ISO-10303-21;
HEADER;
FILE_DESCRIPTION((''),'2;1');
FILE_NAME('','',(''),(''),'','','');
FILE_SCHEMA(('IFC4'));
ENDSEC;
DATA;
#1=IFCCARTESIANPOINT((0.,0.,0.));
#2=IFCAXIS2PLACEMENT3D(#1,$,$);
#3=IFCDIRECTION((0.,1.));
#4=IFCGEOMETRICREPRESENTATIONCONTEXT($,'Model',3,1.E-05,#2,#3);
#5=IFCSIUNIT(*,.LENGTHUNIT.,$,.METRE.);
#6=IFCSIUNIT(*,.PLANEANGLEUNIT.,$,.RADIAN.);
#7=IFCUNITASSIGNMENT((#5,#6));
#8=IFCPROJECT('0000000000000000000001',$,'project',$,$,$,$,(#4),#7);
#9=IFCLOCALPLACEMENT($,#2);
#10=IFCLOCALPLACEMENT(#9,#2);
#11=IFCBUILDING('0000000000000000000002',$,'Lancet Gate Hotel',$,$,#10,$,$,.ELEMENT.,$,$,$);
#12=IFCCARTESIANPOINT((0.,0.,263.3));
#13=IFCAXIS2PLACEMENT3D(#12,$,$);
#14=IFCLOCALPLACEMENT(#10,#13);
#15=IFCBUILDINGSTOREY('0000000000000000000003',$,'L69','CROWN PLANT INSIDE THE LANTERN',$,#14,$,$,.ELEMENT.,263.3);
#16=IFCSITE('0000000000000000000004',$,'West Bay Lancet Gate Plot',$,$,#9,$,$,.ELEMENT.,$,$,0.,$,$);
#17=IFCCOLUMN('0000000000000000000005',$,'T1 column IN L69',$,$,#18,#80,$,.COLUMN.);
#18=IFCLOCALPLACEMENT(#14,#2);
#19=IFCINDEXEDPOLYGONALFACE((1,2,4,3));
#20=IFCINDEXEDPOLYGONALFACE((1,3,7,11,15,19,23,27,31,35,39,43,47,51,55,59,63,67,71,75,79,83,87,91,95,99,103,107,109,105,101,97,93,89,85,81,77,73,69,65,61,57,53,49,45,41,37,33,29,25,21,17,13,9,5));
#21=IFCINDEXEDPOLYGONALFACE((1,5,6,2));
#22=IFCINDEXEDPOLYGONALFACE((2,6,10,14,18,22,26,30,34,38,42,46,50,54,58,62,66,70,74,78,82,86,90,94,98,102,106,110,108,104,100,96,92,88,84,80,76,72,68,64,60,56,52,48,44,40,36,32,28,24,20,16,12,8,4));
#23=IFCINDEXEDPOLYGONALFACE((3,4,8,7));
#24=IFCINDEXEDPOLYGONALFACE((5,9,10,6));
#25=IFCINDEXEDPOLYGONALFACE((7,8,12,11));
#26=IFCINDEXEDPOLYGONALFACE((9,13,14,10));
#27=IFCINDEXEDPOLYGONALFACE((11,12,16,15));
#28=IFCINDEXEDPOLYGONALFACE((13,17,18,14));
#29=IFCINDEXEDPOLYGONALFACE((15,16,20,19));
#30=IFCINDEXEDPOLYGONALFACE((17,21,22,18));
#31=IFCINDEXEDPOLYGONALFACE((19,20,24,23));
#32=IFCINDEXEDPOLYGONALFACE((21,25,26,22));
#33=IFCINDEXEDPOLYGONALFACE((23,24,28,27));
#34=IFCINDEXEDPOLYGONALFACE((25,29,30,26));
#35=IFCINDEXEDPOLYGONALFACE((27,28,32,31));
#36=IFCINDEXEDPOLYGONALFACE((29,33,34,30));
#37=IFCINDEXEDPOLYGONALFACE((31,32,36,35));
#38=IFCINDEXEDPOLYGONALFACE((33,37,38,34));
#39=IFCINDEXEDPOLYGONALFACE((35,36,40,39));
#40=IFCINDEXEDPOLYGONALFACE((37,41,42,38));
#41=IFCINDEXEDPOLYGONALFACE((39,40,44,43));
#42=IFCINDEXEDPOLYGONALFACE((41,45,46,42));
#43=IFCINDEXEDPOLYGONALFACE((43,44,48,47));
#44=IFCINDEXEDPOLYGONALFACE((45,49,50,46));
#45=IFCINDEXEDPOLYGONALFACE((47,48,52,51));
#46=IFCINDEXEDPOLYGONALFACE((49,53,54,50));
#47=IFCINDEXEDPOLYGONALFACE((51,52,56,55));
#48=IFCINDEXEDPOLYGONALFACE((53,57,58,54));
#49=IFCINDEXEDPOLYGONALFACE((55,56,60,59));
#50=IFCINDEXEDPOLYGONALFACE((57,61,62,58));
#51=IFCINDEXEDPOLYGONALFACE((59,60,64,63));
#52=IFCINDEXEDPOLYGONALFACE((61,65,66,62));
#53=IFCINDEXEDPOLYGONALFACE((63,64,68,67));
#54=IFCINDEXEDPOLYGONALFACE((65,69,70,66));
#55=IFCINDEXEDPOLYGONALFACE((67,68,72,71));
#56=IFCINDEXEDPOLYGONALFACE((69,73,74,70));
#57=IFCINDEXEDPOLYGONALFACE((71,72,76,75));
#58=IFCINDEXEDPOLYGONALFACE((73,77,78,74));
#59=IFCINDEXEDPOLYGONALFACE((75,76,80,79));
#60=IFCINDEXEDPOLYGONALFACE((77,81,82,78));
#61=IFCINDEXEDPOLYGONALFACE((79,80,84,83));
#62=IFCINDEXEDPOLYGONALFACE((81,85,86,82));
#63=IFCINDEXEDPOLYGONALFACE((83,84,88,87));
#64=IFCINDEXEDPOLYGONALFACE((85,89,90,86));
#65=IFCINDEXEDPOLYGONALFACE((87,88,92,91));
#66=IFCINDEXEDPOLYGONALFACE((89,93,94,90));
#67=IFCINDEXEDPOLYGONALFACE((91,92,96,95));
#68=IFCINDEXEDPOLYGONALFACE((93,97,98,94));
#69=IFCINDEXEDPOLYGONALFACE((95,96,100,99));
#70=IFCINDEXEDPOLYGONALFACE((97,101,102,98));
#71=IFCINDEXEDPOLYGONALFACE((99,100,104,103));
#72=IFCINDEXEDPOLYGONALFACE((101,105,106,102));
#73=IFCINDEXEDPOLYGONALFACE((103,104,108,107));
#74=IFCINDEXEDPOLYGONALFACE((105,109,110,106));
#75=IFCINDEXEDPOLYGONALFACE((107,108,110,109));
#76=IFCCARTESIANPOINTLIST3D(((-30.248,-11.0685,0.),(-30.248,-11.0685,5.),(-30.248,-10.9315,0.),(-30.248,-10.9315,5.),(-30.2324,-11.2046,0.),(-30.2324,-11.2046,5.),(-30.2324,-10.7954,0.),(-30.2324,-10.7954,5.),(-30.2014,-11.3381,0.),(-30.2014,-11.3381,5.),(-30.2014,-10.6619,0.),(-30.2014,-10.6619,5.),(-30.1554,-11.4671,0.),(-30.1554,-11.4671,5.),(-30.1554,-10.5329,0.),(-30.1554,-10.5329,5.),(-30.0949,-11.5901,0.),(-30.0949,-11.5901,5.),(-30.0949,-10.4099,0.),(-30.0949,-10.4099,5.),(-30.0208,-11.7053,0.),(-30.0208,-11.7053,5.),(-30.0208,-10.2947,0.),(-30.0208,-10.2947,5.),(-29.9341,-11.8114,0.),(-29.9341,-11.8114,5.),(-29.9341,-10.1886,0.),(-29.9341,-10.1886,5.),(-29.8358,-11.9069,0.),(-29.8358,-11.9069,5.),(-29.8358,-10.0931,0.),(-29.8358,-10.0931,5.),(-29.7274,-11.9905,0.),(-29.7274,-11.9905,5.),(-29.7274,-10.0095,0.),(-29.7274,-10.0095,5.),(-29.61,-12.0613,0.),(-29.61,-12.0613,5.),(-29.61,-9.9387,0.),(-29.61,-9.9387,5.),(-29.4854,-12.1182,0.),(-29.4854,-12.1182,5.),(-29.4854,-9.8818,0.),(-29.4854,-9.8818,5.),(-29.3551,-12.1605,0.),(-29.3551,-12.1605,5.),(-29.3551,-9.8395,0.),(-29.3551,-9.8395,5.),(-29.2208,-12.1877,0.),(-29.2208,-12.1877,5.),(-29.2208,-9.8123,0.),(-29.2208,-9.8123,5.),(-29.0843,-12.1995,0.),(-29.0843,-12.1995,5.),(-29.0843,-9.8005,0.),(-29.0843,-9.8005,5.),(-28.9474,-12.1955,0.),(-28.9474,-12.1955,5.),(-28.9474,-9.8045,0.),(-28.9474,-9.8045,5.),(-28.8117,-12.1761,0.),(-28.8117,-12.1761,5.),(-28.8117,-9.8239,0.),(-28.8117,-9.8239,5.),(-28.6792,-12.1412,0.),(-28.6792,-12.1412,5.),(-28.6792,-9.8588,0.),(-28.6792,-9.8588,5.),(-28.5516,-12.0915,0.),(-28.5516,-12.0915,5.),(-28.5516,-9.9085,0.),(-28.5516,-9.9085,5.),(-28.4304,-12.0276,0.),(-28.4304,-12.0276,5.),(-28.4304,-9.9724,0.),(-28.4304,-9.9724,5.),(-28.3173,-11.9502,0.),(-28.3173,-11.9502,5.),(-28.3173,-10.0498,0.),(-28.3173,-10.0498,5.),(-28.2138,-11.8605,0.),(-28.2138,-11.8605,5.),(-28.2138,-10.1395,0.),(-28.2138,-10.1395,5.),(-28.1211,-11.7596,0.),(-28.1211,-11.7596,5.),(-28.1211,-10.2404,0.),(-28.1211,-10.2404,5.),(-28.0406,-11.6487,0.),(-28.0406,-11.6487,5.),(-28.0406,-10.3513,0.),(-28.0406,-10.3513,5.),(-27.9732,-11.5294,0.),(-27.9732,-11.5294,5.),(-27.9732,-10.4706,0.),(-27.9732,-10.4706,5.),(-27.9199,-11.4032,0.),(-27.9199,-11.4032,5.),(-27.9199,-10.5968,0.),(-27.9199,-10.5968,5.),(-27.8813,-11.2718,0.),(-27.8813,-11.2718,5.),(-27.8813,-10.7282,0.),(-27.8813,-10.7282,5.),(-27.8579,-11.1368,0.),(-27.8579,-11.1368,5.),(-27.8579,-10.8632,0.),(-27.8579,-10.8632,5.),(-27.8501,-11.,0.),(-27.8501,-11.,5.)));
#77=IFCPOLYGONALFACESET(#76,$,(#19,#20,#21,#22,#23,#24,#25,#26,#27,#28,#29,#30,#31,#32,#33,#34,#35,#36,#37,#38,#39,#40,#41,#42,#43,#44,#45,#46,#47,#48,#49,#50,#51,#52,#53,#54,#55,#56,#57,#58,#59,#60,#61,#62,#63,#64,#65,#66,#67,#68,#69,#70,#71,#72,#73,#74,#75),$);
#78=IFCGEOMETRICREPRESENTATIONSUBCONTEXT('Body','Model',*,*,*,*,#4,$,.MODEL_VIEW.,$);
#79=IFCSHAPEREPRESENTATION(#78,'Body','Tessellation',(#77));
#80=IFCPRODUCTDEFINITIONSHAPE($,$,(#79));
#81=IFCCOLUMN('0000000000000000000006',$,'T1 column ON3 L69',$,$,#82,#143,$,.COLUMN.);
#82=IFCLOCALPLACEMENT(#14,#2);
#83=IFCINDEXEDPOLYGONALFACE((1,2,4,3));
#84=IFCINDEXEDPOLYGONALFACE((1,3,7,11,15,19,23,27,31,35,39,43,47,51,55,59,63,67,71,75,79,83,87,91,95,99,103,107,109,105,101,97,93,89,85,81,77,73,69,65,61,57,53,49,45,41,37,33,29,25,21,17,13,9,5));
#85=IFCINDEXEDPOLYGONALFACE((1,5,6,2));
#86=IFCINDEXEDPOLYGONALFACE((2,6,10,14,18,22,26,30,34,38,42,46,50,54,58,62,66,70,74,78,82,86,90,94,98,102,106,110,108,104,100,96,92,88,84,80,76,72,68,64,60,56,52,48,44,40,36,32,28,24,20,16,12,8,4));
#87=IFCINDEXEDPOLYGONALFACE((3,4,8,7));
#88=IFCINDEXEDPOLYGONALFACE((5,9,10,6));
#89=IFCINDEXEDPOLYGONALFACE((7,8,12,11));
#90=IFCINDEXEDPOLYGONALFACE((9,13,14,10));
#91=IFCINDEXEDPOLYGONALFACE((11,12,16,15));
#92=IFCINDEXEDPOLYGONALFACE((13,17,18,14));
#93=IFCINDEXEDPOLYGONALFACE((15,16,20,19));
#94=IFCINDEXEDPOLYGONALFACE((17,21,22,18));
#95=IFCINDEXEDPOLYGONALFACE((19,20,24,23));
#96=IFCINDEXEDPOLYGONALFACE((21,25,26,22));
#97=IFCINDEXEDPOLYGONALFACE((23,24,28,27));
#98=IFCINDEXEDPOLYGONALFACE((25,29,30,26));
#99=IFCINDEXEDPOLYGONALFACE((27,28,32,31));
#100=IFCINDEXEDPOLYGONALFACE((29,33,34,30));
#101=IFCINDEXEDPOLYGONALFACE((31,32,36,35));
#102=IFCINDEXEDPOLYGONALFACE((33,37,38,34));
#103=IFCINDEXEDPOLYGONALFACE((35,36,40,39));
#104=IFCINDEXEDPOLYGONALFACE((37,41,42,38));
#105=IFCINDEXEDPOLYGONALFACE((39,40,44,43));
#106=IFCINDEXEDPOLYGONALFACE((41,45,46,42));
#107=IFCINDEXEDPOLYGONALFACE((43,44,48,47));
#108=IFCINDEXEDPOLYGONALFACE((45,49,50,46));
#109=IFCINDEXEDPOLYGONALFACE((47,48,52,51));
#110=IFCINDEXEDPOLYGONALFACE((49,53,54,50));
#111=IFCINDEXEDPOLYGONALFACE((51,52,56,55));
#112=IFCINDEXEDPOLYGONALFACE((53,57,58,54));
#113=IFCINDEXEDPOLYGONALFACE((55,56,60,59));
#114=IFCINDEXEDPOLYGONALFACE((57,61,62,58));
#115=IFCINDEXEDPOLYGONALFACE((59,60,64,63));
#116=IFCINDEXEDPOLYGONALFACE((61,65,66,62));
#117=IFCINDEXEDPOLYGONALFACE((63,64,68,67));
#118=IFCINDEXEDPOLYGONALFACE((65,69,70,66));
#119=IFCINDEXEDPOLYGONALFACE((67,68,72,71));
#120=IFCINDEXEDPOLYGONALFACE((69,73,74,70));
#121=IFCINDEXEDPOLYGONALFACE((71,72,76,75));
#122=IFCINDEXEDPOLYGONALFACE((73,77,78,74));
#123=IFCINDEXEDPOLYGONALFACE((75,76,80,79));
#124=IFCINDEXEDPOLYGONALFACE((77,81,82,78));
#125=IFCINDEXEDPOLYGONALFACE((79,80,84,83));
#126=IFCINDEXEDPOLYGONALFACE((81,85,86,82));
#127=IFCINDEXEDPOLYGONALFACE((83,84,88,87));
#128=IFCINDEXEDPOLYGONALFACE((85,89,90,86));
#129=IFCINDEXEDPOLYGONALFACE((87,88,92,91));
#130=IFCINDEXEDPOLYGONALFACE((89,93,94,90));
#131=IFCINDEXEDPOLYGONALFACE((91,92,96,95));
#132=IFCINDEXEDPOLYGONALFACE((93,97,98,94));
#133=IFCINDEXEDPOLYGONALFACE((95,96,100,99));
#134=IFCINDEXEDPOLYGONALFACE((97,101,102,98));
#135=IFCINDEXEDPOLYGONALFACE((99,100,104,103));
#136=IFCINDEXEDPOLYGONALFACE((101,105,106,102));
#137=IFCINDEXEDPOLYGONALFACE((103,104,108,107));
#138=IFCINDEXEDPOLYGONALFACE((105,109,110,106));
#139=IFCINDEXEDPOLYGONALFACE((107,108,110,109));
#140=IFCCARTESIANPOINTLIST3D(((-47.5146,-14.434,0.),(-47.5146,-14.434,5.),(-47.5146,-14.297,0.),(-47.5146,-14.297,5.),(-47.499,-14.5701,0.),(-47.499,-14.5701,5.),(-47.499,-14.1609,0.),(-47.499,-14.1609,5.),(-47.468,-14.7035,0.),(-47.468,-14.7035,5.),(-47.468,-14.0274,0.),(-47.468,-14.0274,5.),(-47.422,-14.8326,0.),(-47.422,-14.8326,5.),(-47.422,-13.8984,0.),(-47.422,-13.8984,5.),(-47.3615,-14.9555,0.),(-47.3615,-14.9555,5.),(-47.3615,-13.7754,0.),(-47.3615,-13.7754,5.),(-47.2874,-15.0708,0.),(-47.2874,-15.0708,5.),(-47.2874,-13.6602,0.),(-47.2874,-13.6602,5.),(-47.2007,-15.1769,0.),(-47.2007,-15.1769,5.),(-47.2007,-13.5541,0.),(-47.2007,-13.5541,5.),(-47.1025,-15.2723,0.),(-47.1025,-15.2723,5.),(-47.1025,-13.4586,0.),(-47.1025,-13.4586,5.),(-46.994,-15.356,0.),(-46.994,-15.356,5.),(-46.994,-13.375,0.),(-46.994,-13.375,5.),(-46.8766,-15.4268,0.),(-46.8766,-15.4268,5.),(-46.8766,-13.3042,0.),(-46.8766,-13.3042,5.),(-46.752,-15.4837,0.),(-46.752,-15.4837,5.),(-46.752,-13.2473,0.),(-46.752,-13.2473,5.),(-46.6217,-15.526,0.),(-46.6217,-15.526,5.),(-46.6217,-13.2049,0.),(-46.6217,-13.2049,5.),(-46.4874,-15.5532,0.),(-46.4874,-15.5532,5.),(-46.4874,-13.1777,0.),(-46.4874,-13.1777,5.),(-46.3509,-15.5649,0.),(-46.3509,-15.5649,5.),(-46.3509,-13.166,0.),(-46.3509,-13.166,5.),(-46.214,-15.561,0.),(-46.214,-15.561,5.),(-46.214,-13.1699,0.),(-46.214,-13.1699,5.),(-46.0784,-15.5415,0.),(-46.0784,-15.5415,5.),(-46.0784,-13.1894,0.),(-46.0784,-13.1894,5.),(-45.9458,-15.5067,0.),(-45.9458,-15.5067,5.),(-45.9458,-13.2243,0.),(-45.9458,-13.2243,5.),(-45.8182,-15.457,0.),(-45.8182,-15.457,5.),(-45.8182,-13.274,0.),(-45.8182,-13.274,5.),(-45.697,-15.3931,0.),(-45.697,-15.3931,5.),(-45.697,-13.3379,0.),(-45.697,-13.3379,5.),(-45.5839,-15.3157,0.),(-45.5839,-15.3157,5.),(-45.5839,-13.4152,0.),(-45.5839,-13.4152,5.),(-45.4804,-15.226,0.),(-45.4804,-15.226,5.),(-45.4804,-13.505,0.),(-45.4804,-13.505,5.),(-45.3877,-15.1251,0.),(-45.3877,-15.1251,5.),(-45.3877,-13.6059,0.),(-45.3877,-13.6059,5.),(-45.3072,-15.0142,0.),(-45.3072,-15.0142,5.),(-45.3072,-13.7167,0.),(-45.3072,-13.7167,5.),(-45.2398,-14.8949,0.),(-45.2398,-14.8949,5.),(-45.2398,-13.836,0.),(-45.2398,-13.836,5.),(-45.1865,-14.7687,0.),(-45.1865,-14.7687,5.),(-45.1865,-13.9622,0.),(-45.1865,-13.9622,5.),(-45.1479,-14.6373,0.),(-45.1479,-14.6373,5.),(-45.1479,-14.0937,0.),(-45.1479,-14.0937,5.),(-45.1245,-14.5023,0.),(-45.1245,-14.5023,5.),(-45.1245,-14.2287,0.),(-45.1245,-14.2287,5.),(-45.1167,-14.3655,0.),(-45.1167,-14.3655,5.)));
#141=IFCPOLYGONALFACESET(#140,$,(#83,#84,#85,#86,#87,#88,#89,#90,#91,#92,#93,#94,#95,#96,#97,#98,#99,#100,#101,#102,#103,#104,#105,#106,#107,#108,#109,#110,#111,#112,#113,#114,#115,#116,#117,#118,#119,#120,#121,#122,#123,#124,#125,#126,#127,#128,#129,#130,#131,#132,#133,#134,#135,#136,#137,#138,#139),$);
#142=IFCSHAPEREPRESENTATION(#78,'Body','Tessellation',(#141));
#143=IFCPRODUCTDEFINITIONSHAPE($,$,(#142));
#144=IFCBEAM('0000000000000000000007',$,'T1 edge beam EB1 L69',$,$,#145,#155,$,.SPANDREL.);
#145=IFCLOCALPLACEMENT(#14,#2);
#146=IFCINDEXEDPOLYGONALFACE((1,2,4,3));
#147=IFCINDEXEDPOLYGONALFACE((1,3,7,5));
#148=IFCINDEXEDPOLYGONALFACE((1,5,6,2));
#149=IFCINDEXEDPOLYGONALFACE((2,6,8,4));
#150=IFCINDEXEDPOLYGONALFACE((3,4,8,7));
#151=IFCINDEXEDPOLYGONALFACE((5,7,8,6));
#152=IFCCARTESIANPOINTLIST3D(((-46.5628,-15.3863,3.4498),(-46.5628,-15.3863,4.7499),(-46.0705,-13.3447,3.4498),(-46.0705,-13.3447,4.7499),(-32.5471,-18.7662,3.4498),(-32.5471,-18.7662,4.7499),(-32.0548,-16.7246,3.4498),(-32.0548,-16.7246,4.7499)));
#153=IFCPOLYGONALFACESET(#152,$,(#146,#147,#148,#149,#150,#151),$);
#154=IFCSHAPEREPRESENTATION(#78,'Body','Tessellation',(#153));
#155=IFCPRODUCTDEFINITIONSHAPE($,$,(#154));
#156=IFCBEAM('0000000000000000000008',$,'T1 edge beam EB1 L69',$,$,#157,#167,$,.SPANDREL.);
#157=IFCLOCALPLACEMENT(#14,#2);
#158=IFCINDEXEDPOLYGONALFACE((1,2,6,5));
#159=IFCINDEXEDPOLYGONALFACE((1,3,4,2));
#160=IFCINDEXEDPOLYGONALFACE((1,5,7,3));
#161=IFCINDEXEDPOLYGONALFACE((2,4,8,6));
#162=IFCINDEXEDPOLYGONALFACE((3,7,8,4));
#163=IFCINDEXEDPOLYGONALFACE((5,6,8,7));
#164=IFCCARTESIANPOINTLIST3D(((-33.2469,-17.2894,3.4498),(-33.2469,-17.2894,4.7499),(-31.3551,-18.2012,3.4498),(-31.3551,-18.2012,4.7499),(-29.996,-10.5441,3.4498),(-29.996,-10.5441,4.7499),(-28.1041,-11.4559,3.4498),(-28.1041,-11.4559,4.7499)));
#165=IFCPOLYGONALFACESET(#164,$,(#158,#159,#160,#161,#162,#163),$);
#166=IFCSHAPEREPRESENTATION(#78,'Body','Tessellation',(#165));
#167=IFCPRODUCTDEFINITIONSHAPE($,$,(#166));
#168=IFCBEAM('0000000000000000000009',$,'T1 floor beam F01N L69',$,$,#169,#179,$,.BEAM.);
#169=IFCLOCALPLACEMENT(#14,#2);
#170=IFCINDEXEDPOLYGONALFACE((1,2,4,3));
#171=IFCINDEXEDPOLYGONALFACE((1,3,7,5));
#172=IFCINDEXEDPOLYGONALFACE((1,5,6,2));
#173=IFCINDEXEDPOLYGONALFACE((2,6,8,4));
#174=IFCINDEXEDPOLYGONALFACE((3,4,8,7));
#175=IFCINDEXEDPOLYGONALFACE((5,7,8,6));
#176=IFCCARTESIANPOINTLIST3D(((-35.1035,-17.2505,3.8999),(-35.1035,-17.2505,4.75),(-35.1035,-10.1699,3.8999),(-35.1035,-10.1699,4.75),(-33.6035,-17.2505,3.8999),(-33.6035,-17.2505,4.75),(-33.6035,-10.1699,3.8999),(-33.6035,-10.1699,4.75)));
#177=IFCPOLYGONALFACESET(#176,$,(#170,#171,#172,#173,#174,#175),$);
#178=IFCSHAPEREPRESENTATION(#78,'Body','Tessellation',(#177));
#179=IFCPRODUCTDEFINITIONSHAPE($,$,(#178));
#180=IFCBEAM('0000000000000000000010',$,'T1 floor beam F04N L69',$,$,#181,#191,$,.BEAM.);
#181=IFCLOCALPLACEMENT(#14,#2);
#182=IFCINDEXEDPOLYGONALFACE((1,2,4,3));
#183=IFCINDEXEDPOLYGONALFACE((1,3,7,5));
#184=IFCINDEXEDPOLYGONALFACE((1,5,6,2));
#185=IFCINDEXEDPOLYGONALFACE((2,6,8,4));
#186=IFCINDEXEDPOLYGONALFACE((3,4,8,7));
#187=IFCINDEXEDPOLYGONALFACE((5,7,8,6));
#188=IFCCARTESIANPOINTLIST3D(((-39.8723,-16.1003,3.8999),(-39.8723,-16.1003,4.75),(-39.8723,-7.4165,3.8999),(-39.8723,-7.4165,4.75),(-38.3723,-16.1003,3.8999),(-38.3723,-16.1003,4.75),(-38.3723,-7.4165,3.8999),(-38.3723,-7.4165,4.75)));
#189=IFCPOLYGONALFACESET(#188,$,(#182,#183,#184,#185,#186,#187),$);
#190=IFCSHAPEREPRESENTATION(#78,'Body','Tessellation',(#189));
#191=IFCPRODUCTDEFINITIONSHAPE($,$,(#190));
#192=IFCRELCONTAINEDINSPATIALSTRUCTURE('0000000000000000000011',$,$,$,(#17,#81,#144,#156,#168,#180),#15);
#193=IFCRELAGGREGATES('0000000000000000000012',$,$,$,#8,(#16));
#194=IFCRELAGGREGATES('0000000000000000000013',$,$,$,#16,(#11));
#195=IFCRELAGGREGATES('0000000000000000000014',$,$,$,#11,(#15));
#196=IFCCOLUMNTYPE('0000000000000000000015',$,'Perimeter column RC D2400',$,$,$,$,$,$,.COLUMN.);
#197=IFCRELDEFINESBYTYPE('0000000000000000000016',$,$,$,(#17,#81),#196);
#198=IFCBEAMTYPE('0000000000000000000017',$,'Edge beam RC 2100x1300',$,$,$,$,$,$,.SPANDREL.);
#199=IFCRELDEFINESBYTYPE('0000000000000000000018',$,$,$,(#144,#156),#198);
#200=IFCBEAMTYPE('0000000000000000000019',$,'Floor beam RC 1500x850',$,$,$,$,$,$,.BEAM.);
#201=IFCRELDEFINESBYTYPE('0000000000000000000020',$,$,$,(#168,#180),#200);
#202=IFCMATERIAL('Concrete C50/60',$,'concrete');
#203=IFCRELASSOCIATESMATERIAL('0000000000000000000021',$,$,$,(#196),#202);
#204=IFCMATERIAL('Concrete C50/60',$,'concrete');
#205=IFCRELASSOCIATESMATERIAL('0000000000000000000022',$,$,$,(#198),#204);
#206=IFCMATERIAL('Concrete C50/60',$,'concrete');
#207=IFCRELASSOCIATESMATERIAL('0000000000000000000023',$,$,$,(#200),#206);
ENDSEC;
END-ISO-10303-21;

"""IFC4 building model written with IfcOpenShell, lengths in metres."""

from ifc_helpers import new_model, si_unit, direction, frame, origin, origin_2d, place, context, subcontext, project, spatial, rectangle, circle, extrude, material, material_profile, profile_set, type_object, element, save


model = new_model("IFC4")

# Units and contexts
model_context = context("Model", 3, precision=1e-05, world=origin(), true_north=direction((0.0, 1.0)))
body_context = subcontext(model_context, "Body", "Model", "MODEL_VIEW")
ifc_project = project(units=[si_unit("LENGTHUNIT", "METRE"), si_unit("PLANEANGLEUNIT", "RADIAN")], contexts=[model_context])

# Site, building, storey
site_placement = place(None, origin())
site = spatial("IfcSite", under=ifc_project, at=site_placement, Name="West Bay Lancet Gate Plot", CompositionType="ELEMENT", RefElevation=0.0)
building_placement = place(site_placement, origin())
building = spatial("IfcBuilding", under=site, at=building_placement, Name="Lancet Gate Hotel", CompositionType="ELEMENT")
storey_placement = place(building_placement, frame((0.0, 0.0, 263.3)))
storey = spatial("IfcBuildingStorey", under=building, at=storey_placement, Name="L69", Description="CROWN PLANT INSIDE THE LANTERN", CompositionType="ELEMENT", Elevation=263.3)

# Columns
ifc_material_1 = material(Name="Concrete C50/60", Category="concrete")
ifc_material_profile_1 = material_profile(ifc_material_1, circle(Radius=1.2, at=origin_2d()), Name="RC D2400")
ifc_profile_set_1 = profile_set([ifc_material_profile_1], Name="Concrete C50/60")
column_type = type_object("IfcColumnType", Name="Perimeter column RC D2400", PredefinedType="COLUMN", material=ifc_profile_set_1)
for number, where, z_axis, x_axis, name in (
    (1, (-29.05, -11.0, 0.0), (0.0, 0.0, 1.0), (1.0, 0.0, 0.0), "T1 column IN L69"),
    (2, (-46.3167, -14.3655, 0.0), (0.0, 0.0, 1.0), (1.0, 0.0, 0.0), "T1 column ON3 L69"),
):
    element("IfcColumn", number, at=place(storey_placement, frame(where, z_axis=z_axis, x_axis=x_axis)), inside=storey, type_object=column_type, Name=name, PredefinedType="COLUMN", context=body_context, shape_type="SweptSolid", body=[
        extrude(circle(Radius=1.2, at=origin_2d()), origin(), (0.0, 0.0, 1.0), 5.0),
    ])

# Beams
ifc_material_2 = material(Name="Concrete C50/60", Category="concrete")
ifc_material_profile_2 = material_profile(ifc_material_2, rectangle(XDim=2.1001, YDim=1.3, at=origin_2d()), Name="RC 2100x1300")
ifc_profile_set_2 = profile_set([ifc_material_profile_2], Name="Concrete C50/60")
beam_type_1 = type_object("IfcBeamType", Name="Edge beam RC 2100x1300", PredefinedType="SPANDREL", material=ifc_profile_set_2)
beam_1_placement = place(storey_placement, frame((-46.3167, -14.3655, 4.0999), z_axis=(0.972133, -0.234431, 0.0), x_axis=(0.234431, 0.972133, 0.0)))
element("IfcBeam", 3, at=beam_1_placement, inside=storey, type_object=beam_type_1, Name="T1 edge beam EB1 L69", PredefinedType="SPANDREL", context=body_context, shape_type="SweptSolid", body=[
    extrude(rectangle(XDim=2.1001, YDim=1.3, at=origin_2d()), origin(), (0.0, 0.0, 1.0), 14.4175),
])
beam_2_placement = place(storey_placement, frame((-29.05, -11.0, 4.0999), z_axis=(-0.434164, -0.900834, 0.0), x_axis=(0.900834, -0.434164, 0.0)))
element("IfcBeam", 4, at=beam_2_placement, inside=storey, type_object=beam_type_1, Name="T1 edge beam EB1 L69", PredefinedType="SPANDREL", context=body_context, shape_type="SweptSolid", body=[
    extrude(rectangle(XDim=2.1001, YDim=1.3, at=origin_2d()), origin(), (0.0, 0.0, 1.0), 7.4878),
])
ifc_material_3 = material(Name="Concrete C50/60", Category="concrete")
ifc_material_profile_3 = material_profile(ifc_material_3, rectangle(XDim=1.5, YDim=0.8501, at=origin_2d()), Name="RC 1500x850")
ifc_profile_set_3 = profile_set([ifc_material_profile_3], Name="Concrete C50/60")
beam_type_2 = type_object("IfcBeamType", Name="Floor beam RC 1500x850", PredefinedType="BEAM", material=ifc_profile_set_3)
beam_3_placement = place(storey_placement, frame((-34.3535, -10.1699, 4.325), z_axis=(0.0, -1.0, 0.0), x_axis=(1.0, 0.0, 0.0)))
element("IfcBeam", 5, at=beam_3_placement, inside=storey, type_object=beam_type_2, Name="T1 floor beam F01N L69", PredefinedType="BEAM", context=body_context, shape_type="SweptSolid", body=[
    extrude(rectangle(XDim=1.5, YDim=0.8501, at=origin_2d()), origin(), (0.0, 0.0, 1.0), 7.0806),
])
beam_4_placement = place(storey_placement, frame((-39.1223, -7.4165, 4.325), z_axis=(0.0, -1.0, 0.0), x_axis=(1.0, 0.0, 0.0)))
element("IfcBeam", 6, at=beam_4_placement, inside=storey, type_object=beam_type_2, Name="T1 floor beam F04N L69", PredefinedType="BEAM", context=body_context, shape_type="SweptSolid", body=[
    extrude(rectangle(XDim=1.5, YDim=0.8501, at=origin_2d()), origin(), (0.0, 0.0, 1.0), 8.6838),
])

save(model, "model.ifc")
